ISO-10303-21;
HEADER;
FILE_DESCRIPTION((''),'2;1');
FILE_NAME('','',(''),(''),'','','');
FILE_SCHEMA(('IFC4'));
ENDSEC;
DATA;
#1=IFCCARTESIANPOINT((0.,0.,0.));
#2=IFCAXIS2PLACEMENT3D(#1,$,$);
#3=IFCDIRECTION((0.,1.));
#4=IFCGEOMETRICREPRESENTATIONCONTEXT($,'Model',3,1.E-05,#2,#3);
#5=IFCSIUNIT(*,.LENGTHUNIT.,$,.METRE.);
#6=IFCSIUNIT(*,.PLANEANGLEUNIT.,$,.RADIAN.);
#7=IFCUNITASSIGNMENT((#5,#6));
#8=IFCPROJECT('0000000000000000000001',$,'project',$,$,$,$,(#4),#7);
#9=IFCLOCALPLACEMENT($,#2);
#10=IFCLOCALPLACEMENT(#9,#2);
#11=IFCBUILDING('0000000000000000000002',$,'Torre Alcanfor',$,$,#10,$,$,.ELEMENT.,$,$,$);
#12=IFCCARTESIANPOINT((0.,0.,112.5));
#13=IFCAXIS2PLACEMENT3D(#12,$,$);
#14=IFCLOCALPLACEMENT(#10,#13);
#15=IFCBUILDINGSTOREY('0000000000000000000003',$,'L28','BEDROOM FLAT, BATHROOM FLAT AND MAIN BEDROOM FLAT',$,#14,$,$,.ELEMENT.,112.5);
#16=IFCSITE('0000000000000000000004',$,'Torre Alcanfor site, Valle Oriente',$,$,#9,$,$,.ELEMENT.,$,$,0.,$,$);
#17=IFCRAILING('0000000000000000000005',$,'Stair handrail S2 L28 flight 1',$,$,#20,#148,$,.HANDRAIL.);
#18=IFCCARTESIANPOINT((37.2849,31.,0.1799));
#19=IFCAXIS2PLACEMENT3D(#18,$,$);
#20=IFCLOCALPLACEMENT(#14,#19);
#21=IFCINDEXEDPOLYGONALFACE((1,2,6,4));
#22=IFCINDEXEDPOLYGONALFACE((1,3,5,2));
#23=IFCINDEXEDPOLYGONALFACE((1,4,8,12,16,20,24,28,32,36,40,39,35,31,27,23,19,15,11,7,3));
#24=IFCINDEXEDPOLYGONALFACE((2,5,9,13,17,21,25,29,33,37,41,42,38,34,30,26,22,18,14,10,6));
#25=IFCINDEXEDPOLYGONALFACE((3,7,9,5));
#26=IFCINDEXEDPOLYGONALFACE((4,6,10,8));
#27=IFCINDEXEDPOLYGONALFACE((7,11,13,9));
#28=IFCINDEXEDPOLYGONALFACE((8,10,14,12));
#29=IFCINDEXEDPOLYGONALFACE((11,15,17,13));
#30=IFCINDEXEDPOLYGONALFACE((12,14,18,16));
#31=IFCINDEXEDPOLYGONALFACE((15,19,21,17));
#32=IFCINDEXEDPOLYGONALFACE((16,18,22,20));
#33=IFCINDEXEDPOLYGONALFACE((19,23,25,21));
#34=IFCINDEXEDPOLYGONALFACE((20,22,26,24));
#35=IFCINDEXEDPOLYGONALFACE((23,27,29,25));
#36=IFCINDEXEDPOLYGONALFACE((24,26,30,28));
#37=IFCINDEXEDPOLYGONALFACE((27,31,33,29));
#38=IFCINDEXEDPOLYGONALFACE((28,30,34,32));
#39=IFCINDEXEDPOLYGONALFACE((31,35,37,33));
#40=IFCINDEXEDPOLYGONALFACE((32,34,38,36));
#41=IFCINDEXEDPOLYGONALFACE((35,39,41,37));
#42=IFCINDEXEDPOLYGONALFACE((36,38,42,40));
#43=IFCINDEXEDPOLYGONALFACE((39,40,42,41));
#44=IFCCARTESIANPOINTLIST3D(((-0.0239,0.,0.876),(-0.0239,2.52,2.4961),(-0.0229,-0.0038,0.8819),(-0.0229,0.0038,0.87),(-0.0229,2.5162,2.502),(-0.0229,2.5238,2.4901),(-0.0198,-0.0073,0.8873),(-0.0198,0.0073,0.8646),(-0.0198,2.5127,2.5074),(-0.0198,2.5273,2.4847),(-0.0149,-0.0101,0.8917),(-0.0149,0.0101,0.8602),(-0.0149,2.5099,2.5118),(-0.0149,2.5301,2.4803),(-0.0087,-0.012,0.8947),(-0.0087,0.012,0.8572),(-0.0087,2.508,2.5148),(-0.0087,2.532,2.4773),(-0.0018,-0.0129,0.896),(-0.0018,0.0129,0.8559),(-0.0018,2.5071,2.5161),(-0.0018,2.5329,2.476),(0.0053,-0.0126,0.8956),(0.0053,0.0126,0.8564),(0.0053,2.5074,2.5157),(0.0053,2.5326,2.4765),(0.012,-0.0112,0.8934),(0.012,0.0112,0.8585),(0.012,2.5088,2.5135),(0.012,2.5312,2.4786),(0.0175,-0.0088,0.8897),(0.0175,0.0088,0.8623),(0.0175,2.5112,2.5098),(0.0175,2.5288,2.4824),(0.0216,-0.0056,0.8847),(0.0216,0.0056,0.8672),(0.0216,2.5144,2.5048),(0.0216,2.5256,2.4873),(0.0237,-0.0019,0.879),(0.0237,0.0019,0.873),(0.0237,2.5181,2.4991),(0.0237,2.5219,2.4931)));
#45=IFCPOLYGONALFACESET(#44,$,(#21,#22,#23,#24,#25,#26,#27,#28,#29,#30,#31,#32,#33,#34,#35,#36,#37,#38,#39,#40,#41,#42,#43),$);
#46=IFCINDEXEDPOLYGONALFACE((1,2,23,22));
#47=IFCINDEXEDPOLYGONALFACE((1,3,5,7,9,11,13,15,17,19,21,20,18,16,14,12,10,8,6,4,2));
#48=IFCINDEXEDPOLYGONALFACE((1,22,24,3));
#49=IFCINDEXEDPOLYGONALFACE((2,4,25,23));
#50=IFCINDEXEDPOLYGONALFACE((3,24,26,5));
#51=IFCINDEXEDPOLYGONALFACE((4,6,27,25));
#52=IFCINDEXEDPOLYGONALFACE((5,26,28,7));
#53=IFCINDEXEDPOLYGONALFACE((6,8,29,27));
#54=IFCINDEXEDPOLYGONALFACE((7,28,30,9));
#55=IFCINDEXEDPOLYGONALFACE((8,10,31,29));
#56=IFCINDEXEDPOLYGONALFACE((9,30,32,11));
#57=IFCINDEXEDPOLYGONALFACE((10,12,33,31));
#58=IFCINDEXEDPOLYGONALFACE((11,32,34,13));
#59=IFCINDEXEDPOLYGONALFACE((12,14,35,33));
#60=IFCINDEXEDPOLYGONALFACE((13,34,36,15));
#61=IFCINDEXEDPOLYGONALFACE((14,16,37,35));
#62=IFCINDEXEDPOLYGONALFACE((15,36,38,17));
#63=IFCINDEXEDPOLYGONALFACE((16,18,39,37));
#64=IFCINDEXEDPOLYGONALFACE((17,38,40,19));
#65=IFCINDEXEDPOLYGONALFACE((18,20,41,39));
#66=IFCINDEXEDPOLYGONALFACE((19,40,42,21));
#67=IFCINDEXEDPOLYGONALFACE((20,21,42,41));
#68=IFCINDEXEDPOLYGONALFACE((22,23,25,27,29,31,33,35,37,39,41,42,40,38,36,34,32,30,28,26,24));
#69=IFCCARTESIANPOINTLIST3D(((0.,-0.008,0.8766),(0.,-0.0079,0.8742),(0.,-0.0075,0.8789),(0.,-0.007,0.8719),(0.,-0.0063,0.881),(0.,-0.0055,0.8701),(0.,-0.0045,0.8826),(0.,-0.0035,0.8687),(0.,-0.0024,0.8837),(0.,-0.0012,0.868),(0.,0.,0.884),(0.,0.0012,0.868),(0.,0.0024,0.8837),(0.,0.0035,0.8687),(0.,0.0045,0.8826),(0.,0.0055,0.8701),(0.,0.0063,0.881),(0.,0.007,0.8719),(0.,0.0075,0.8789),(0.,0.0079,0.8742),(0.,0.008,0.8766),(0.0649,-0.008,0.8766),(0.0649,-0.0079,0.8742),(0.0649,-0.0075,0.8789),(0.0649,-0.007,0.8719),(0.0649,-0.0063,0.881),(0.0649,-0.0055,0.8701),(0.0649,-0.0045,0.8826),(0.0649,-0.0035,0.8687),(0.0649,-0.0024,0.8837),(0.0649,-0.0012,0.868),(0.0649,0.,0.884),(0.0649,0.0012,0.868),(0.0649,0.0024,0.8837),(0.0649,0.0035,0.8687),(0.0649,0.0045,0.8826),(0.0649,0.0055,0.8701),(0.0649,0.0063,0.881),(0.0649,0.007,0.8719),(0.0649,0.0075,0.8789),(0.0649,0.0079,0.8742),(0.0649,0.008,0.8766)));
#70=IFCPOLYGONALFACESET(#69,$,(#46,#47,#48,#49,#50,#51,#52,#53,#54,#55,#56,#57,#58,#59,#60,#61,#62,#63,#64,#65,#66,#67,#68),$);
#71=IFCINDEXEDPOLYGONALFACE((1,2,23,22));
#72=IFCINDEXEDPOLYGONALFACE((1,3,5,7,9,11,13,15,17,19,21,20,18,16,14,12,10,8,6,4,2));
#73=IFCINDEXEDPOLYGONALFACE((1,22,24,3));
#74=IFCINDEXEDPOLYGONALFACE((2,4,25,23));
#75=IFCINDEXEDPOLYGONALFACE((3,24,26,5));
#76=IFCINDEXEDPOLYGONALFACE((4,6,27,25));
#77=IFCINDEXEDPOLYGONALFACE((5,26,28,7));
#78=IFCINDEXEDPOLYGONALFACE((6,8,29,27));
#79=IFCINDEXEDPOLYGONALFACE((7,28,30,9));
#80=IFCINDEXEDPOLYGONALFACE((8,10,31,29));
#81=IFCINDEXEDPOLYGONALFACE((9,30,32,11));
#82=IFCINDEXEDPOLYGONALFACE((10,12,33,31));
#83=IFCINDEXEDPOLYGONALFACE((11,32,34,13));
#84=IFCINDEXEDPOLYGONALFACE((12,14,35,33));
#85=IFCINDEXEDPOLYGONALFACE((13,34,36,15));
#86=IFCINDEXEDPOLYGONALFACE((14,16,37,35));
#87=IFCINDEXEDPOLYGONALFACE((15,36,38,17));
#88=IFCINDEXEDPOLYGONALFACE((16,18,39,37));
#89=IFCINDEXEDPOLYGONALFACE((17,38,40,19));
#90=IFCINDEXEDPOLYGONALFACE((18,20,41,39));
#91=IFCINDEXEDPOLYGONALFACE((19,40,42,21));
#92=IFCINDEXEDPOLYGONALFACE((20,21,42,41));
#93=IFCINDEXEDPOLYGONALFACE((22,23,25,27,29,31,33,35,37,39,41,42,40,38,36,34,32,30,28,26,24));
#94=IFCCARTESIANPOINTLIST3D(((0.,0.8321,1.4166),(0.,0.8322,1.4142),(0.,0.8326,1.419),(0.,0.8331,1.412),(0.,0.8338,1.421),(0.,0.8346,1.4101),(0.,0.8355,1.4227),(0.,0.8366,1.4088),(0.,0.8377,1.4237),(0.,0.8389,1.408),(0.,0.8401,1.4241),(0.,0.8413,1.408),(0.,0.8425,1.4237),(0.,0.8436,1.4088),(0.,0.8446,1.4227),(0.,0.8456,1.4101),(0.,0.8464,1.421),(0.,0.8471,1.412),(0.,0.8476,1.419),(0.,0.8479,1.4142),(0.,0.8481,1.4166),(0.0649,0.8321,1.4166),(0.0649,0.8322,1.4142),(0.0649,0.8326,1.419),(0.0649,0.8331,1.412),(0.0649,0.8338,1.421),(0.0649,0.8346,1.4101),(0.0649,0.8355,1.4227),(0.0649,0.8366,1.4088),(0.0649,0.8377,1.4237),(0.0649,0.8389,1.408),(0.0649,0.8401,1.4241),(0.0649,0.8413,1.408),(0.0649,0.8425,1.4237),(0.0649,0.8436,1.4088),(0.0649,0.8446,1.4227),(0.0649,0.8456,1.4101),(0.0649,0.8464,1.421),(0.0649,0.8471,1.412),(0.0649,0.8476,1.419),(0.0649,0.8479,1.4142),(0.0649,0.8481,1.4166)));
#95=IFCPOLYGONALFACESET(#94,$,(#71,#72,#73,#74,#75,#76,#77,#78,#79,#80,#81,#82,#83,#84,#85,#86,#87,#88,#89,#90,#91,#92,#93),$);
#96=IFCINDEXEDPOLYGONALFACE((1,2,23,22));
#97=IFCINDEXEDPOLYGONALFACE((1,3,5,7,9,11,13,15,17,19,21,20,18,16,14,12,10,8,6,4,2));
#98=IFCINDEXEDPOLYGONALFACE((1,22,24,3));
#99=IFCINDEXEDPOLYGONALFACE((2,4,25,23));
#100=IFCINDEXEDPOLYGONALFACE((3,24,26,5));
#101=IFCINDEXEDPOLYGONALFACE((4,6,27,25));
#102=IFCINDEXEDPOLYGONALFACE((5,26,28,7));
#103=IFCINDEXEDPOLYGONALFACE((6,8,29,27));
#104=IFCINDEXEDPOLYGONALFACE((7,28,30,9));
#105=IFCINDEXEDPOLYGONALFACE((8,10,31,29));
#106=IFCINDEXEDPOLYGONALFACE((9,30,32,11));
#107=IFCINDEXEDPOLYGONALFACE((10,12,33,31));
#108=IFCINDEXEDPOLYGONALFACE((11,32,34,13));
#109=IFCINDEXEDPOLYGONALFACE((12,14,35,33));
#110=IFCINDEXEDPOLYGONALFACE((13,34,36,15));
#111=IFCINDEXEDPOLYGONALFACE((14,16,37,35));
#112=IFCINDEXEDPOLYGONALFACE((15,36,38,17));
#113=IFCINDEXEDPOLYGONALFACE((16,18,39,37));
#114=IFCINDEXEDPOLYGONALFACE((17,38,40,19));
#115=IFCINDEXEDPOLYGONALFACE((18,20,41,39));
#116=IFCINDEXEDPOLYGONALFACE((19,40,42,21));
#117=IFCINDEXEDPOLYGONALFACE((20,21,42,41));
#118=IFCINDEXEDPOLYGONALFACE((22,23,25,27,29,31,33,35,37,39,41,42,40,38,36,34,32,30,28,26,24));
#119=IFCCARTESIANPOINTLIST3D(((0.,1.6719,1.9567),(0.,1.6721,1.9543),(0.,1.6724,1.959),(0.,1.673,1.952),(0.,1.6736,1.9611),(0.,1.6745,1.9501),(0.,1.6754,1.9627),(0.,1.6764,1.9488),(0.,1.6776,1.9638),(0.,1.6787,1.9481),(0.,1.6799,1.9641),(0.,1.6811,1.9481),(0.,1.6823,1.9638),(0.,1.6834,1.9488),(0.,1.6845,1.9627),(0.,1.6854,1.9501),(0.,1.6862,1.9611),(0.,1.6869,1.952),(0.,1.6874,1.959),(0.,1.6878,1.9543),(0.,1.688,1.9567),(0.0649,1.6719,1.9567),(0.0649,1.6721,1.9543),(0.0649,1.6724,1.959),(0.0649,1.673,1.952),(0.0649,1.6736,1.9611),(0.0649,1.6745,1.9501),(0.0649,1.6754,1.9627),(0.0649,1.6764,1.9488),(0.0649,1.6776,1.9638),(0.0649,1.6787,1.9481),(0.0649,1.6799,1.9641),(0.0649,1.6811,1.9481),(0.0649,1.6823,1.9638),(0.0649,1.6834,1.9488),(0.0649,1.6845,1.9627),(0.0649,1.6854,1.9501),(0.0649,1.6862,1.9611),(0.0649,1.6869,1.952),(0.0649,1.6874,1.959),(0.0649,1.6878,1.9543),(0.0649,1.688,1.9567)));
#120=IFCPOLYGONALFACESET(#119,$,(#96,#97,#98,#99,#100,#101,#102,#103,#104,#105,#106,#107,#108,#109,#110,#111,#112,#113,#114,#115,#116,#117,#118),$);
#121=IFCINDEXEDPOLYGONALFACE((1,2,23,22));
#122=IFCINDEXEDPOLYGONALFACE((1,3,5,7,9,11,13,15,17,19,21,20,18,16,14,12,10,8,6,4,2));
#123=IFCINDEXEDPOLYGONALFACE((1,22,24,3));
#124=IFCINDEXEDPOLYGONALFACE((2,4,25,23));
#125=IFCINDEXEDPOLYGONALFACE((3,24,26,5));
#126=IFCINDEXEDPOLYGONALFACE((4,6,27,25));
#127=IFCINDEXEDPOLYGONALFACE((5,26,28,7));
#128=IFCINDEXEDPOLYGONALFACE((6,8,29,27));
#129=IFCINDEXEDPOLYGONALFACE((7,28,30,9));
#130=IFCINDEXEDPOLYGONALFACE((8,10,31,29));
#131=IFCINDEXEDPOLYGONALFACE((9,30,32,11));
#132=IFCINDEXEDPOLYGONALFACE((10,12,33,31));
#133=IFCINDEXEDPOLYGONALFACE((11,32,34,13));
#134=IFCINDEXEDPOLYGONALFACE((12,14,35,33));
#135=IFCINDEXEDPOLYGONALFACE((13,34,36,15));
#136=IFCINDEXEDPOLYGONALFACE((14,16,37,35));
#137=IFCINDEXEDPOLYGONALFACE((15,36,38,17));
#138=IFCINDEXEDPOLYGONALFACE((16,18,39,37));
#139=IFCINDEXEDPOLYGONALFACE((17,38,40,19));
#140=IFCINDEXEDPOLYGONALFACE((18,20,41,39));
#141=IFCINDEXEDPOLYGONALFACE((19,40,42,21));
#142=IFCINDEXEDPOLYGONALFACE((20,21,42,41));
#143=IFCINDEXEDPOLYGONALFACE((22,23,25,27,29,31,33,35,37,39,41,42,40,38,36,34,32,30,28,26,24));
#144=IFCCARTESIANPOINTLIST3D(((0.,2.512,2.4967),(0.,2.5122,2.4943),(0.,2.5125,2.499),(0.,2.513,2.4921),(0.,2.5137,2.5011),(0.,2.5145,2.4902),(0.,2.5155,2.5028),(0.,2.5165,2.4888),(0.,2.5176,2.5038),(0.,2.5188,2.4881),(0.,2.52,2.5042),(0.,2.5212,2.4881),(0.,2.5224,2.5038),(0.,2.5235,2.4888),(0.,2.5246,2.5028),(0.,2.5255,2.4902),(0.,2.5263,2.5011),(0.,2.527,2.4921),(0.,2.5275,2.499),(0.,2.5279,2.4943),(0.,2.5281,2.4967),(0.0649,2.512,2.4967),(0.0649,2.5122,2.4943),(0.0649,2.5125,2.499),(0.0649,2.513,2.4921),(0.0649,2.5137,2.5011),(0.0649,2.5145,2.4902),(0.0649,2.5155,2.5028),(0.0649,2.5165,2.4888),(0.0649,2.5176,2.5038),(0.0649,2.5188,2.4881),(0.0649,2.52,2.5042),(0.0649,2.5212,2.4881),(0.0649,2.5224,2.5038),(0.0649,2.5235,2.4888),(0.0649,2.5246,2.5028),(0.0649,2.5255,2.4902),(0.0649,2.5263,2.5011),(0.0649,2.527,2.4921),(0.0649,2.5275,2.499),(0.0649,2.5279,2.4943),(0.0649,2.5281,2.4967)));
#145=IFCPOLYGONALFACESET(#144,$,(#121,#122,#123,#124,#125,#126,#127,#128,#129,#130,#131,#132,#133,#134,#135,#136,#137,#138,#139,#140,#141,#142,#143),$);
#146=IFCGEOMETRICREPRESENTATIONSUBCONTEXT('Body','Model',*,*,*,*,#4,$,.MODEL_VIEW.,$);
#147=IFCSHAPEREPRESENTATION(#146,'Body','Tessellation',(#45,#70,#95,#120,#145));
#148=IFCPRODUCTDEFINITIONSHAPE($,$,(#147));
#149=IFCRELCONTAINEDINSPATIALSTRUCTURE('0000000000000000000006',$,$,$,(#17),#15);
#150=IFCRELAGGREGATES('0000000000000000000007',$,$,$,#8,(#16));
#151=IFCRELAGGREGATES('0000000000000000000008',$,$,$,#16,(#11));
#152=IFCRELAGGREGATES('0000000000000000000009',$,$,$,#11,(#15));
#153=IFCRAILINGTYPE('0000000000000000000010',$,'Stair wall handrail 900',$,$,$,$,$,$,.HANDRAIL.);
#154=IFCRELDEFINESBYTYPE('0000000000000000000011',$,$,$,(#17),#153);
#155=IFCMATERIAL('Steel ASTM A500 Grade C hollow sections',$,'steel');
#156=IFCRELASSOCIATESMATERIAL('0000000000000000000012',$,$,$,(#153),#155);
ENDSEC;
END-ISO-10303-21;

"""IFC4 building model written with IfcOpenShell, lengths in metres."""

from ifc_helpers import new_model, si_unit, direction, frame, origin, origin_2d, place, context, subcontext, project, spatial, circle, extrude, material, type_object, element, save


model = new_model("IFC4")

# Units and contexts
model_context = context("Model", 3, precision=1e-05, world=origin(), true_north=direction((0.0, 1.0)))
body_context = subcontext(model_context, "Body", "Model", "MODEL_VIEW")
ifc_project = project(units=[si_unit("LENGTHUNIT", "METRE"), si_unit("PLANEANGLEUNIT", "RADIAN")], contexts=[model_context])

# Site, building, storey
site_placement = place(None, origin())
site = spatial("IfcSite", under=ifc_project, at=site_placement, Name="Torre Alcanfor site, Valle Oriente", CompositionType="ELEMENT", RefElevation=0.0)
building_placement = place(site_placement, origin())
building = spatial("IfcBuilding", under=site, at=building_placement, Name="Torre Alcanfor", CompositionType="ELEMENT")
storey_placement = place(building_placement, frame((0.0, 0.0, 112.5)))
storey = spatial("IfcBuildingStorey", under=building, at=storey_placement, Name="L28", Description="BEDROOM FLAT, BATHROOM FLAT AND MAIN BEDROOM FLAT", CompositionType="ELEMENT", Elevation=112.5)

# Railing
ifc_material_1 = material(Name="Steel ASTM A500 Grade C hollow sections", Category="steel")
railing_type_1 = type_object("IfcRailingType", Name="Stair wall handrail 900", PredefinedType="HANDRAIL", material=ifc_material_1)
railing_1_placement = place(storey_placement, frame((37.2849, 31.0, 0.1799)))
element("IfcRailing", 1, at=railing_1_placement, inside=storey, type_object=railing_type_1, Name="Stair handrail S2 L28 flight 1", PredefinedType="HANDRAIL", context=body_context, shape_type="SweptSolid", body=[
    extrude(circle(Radius=0.0239, at=origin_2d()), frame((0.0, 0.0, 0.876), z_axis=(0.0, 0.841163, 0.540782), x_axis=(-1.0, 0.0, 0.0)), (0.0, 0.0, 1.0), 2.9958),
    extrude(circle(Radius=0.0081, at=origin_2d()), frame((0.0, 0.0, 0.876), z_axis=(1.0, 0.0, 0.0), x_axis=(0.0, 0.0, 1.0)), (0.0, 0.0, 1.0), 0.0649),
    extrude(circle(Radius=0.0081, at=origin_2d()), frame((0.0, 0.8401, 1.416), z_axis=(1.0, 0.0, 0.0), x_axis=(0.0, 0.0, 1.0)), (0.0, 0.0, 1.0), 0.0649),
    extrude(circle(Radius=0.0081, at=origin_2d()), frame((0.0, 1.6799, 1.9561), z_axis=(1.0, 0.0, 0.0), x_axis=(0.0, 0.0, 1.0)), (0.0, 0.0, 1.0), 0.0649),
    extrude(circle(Radius=0.0081, at=origin_2d()), frame((0.0, 2.52, 2.4961), z_axis=(1.0, 0.0, 0.0), x_axis=(0.0, 0.0, 1.0)), (0.0, 0.0, 1.0), 0.0649),
])

save(model, "model.ifc")
